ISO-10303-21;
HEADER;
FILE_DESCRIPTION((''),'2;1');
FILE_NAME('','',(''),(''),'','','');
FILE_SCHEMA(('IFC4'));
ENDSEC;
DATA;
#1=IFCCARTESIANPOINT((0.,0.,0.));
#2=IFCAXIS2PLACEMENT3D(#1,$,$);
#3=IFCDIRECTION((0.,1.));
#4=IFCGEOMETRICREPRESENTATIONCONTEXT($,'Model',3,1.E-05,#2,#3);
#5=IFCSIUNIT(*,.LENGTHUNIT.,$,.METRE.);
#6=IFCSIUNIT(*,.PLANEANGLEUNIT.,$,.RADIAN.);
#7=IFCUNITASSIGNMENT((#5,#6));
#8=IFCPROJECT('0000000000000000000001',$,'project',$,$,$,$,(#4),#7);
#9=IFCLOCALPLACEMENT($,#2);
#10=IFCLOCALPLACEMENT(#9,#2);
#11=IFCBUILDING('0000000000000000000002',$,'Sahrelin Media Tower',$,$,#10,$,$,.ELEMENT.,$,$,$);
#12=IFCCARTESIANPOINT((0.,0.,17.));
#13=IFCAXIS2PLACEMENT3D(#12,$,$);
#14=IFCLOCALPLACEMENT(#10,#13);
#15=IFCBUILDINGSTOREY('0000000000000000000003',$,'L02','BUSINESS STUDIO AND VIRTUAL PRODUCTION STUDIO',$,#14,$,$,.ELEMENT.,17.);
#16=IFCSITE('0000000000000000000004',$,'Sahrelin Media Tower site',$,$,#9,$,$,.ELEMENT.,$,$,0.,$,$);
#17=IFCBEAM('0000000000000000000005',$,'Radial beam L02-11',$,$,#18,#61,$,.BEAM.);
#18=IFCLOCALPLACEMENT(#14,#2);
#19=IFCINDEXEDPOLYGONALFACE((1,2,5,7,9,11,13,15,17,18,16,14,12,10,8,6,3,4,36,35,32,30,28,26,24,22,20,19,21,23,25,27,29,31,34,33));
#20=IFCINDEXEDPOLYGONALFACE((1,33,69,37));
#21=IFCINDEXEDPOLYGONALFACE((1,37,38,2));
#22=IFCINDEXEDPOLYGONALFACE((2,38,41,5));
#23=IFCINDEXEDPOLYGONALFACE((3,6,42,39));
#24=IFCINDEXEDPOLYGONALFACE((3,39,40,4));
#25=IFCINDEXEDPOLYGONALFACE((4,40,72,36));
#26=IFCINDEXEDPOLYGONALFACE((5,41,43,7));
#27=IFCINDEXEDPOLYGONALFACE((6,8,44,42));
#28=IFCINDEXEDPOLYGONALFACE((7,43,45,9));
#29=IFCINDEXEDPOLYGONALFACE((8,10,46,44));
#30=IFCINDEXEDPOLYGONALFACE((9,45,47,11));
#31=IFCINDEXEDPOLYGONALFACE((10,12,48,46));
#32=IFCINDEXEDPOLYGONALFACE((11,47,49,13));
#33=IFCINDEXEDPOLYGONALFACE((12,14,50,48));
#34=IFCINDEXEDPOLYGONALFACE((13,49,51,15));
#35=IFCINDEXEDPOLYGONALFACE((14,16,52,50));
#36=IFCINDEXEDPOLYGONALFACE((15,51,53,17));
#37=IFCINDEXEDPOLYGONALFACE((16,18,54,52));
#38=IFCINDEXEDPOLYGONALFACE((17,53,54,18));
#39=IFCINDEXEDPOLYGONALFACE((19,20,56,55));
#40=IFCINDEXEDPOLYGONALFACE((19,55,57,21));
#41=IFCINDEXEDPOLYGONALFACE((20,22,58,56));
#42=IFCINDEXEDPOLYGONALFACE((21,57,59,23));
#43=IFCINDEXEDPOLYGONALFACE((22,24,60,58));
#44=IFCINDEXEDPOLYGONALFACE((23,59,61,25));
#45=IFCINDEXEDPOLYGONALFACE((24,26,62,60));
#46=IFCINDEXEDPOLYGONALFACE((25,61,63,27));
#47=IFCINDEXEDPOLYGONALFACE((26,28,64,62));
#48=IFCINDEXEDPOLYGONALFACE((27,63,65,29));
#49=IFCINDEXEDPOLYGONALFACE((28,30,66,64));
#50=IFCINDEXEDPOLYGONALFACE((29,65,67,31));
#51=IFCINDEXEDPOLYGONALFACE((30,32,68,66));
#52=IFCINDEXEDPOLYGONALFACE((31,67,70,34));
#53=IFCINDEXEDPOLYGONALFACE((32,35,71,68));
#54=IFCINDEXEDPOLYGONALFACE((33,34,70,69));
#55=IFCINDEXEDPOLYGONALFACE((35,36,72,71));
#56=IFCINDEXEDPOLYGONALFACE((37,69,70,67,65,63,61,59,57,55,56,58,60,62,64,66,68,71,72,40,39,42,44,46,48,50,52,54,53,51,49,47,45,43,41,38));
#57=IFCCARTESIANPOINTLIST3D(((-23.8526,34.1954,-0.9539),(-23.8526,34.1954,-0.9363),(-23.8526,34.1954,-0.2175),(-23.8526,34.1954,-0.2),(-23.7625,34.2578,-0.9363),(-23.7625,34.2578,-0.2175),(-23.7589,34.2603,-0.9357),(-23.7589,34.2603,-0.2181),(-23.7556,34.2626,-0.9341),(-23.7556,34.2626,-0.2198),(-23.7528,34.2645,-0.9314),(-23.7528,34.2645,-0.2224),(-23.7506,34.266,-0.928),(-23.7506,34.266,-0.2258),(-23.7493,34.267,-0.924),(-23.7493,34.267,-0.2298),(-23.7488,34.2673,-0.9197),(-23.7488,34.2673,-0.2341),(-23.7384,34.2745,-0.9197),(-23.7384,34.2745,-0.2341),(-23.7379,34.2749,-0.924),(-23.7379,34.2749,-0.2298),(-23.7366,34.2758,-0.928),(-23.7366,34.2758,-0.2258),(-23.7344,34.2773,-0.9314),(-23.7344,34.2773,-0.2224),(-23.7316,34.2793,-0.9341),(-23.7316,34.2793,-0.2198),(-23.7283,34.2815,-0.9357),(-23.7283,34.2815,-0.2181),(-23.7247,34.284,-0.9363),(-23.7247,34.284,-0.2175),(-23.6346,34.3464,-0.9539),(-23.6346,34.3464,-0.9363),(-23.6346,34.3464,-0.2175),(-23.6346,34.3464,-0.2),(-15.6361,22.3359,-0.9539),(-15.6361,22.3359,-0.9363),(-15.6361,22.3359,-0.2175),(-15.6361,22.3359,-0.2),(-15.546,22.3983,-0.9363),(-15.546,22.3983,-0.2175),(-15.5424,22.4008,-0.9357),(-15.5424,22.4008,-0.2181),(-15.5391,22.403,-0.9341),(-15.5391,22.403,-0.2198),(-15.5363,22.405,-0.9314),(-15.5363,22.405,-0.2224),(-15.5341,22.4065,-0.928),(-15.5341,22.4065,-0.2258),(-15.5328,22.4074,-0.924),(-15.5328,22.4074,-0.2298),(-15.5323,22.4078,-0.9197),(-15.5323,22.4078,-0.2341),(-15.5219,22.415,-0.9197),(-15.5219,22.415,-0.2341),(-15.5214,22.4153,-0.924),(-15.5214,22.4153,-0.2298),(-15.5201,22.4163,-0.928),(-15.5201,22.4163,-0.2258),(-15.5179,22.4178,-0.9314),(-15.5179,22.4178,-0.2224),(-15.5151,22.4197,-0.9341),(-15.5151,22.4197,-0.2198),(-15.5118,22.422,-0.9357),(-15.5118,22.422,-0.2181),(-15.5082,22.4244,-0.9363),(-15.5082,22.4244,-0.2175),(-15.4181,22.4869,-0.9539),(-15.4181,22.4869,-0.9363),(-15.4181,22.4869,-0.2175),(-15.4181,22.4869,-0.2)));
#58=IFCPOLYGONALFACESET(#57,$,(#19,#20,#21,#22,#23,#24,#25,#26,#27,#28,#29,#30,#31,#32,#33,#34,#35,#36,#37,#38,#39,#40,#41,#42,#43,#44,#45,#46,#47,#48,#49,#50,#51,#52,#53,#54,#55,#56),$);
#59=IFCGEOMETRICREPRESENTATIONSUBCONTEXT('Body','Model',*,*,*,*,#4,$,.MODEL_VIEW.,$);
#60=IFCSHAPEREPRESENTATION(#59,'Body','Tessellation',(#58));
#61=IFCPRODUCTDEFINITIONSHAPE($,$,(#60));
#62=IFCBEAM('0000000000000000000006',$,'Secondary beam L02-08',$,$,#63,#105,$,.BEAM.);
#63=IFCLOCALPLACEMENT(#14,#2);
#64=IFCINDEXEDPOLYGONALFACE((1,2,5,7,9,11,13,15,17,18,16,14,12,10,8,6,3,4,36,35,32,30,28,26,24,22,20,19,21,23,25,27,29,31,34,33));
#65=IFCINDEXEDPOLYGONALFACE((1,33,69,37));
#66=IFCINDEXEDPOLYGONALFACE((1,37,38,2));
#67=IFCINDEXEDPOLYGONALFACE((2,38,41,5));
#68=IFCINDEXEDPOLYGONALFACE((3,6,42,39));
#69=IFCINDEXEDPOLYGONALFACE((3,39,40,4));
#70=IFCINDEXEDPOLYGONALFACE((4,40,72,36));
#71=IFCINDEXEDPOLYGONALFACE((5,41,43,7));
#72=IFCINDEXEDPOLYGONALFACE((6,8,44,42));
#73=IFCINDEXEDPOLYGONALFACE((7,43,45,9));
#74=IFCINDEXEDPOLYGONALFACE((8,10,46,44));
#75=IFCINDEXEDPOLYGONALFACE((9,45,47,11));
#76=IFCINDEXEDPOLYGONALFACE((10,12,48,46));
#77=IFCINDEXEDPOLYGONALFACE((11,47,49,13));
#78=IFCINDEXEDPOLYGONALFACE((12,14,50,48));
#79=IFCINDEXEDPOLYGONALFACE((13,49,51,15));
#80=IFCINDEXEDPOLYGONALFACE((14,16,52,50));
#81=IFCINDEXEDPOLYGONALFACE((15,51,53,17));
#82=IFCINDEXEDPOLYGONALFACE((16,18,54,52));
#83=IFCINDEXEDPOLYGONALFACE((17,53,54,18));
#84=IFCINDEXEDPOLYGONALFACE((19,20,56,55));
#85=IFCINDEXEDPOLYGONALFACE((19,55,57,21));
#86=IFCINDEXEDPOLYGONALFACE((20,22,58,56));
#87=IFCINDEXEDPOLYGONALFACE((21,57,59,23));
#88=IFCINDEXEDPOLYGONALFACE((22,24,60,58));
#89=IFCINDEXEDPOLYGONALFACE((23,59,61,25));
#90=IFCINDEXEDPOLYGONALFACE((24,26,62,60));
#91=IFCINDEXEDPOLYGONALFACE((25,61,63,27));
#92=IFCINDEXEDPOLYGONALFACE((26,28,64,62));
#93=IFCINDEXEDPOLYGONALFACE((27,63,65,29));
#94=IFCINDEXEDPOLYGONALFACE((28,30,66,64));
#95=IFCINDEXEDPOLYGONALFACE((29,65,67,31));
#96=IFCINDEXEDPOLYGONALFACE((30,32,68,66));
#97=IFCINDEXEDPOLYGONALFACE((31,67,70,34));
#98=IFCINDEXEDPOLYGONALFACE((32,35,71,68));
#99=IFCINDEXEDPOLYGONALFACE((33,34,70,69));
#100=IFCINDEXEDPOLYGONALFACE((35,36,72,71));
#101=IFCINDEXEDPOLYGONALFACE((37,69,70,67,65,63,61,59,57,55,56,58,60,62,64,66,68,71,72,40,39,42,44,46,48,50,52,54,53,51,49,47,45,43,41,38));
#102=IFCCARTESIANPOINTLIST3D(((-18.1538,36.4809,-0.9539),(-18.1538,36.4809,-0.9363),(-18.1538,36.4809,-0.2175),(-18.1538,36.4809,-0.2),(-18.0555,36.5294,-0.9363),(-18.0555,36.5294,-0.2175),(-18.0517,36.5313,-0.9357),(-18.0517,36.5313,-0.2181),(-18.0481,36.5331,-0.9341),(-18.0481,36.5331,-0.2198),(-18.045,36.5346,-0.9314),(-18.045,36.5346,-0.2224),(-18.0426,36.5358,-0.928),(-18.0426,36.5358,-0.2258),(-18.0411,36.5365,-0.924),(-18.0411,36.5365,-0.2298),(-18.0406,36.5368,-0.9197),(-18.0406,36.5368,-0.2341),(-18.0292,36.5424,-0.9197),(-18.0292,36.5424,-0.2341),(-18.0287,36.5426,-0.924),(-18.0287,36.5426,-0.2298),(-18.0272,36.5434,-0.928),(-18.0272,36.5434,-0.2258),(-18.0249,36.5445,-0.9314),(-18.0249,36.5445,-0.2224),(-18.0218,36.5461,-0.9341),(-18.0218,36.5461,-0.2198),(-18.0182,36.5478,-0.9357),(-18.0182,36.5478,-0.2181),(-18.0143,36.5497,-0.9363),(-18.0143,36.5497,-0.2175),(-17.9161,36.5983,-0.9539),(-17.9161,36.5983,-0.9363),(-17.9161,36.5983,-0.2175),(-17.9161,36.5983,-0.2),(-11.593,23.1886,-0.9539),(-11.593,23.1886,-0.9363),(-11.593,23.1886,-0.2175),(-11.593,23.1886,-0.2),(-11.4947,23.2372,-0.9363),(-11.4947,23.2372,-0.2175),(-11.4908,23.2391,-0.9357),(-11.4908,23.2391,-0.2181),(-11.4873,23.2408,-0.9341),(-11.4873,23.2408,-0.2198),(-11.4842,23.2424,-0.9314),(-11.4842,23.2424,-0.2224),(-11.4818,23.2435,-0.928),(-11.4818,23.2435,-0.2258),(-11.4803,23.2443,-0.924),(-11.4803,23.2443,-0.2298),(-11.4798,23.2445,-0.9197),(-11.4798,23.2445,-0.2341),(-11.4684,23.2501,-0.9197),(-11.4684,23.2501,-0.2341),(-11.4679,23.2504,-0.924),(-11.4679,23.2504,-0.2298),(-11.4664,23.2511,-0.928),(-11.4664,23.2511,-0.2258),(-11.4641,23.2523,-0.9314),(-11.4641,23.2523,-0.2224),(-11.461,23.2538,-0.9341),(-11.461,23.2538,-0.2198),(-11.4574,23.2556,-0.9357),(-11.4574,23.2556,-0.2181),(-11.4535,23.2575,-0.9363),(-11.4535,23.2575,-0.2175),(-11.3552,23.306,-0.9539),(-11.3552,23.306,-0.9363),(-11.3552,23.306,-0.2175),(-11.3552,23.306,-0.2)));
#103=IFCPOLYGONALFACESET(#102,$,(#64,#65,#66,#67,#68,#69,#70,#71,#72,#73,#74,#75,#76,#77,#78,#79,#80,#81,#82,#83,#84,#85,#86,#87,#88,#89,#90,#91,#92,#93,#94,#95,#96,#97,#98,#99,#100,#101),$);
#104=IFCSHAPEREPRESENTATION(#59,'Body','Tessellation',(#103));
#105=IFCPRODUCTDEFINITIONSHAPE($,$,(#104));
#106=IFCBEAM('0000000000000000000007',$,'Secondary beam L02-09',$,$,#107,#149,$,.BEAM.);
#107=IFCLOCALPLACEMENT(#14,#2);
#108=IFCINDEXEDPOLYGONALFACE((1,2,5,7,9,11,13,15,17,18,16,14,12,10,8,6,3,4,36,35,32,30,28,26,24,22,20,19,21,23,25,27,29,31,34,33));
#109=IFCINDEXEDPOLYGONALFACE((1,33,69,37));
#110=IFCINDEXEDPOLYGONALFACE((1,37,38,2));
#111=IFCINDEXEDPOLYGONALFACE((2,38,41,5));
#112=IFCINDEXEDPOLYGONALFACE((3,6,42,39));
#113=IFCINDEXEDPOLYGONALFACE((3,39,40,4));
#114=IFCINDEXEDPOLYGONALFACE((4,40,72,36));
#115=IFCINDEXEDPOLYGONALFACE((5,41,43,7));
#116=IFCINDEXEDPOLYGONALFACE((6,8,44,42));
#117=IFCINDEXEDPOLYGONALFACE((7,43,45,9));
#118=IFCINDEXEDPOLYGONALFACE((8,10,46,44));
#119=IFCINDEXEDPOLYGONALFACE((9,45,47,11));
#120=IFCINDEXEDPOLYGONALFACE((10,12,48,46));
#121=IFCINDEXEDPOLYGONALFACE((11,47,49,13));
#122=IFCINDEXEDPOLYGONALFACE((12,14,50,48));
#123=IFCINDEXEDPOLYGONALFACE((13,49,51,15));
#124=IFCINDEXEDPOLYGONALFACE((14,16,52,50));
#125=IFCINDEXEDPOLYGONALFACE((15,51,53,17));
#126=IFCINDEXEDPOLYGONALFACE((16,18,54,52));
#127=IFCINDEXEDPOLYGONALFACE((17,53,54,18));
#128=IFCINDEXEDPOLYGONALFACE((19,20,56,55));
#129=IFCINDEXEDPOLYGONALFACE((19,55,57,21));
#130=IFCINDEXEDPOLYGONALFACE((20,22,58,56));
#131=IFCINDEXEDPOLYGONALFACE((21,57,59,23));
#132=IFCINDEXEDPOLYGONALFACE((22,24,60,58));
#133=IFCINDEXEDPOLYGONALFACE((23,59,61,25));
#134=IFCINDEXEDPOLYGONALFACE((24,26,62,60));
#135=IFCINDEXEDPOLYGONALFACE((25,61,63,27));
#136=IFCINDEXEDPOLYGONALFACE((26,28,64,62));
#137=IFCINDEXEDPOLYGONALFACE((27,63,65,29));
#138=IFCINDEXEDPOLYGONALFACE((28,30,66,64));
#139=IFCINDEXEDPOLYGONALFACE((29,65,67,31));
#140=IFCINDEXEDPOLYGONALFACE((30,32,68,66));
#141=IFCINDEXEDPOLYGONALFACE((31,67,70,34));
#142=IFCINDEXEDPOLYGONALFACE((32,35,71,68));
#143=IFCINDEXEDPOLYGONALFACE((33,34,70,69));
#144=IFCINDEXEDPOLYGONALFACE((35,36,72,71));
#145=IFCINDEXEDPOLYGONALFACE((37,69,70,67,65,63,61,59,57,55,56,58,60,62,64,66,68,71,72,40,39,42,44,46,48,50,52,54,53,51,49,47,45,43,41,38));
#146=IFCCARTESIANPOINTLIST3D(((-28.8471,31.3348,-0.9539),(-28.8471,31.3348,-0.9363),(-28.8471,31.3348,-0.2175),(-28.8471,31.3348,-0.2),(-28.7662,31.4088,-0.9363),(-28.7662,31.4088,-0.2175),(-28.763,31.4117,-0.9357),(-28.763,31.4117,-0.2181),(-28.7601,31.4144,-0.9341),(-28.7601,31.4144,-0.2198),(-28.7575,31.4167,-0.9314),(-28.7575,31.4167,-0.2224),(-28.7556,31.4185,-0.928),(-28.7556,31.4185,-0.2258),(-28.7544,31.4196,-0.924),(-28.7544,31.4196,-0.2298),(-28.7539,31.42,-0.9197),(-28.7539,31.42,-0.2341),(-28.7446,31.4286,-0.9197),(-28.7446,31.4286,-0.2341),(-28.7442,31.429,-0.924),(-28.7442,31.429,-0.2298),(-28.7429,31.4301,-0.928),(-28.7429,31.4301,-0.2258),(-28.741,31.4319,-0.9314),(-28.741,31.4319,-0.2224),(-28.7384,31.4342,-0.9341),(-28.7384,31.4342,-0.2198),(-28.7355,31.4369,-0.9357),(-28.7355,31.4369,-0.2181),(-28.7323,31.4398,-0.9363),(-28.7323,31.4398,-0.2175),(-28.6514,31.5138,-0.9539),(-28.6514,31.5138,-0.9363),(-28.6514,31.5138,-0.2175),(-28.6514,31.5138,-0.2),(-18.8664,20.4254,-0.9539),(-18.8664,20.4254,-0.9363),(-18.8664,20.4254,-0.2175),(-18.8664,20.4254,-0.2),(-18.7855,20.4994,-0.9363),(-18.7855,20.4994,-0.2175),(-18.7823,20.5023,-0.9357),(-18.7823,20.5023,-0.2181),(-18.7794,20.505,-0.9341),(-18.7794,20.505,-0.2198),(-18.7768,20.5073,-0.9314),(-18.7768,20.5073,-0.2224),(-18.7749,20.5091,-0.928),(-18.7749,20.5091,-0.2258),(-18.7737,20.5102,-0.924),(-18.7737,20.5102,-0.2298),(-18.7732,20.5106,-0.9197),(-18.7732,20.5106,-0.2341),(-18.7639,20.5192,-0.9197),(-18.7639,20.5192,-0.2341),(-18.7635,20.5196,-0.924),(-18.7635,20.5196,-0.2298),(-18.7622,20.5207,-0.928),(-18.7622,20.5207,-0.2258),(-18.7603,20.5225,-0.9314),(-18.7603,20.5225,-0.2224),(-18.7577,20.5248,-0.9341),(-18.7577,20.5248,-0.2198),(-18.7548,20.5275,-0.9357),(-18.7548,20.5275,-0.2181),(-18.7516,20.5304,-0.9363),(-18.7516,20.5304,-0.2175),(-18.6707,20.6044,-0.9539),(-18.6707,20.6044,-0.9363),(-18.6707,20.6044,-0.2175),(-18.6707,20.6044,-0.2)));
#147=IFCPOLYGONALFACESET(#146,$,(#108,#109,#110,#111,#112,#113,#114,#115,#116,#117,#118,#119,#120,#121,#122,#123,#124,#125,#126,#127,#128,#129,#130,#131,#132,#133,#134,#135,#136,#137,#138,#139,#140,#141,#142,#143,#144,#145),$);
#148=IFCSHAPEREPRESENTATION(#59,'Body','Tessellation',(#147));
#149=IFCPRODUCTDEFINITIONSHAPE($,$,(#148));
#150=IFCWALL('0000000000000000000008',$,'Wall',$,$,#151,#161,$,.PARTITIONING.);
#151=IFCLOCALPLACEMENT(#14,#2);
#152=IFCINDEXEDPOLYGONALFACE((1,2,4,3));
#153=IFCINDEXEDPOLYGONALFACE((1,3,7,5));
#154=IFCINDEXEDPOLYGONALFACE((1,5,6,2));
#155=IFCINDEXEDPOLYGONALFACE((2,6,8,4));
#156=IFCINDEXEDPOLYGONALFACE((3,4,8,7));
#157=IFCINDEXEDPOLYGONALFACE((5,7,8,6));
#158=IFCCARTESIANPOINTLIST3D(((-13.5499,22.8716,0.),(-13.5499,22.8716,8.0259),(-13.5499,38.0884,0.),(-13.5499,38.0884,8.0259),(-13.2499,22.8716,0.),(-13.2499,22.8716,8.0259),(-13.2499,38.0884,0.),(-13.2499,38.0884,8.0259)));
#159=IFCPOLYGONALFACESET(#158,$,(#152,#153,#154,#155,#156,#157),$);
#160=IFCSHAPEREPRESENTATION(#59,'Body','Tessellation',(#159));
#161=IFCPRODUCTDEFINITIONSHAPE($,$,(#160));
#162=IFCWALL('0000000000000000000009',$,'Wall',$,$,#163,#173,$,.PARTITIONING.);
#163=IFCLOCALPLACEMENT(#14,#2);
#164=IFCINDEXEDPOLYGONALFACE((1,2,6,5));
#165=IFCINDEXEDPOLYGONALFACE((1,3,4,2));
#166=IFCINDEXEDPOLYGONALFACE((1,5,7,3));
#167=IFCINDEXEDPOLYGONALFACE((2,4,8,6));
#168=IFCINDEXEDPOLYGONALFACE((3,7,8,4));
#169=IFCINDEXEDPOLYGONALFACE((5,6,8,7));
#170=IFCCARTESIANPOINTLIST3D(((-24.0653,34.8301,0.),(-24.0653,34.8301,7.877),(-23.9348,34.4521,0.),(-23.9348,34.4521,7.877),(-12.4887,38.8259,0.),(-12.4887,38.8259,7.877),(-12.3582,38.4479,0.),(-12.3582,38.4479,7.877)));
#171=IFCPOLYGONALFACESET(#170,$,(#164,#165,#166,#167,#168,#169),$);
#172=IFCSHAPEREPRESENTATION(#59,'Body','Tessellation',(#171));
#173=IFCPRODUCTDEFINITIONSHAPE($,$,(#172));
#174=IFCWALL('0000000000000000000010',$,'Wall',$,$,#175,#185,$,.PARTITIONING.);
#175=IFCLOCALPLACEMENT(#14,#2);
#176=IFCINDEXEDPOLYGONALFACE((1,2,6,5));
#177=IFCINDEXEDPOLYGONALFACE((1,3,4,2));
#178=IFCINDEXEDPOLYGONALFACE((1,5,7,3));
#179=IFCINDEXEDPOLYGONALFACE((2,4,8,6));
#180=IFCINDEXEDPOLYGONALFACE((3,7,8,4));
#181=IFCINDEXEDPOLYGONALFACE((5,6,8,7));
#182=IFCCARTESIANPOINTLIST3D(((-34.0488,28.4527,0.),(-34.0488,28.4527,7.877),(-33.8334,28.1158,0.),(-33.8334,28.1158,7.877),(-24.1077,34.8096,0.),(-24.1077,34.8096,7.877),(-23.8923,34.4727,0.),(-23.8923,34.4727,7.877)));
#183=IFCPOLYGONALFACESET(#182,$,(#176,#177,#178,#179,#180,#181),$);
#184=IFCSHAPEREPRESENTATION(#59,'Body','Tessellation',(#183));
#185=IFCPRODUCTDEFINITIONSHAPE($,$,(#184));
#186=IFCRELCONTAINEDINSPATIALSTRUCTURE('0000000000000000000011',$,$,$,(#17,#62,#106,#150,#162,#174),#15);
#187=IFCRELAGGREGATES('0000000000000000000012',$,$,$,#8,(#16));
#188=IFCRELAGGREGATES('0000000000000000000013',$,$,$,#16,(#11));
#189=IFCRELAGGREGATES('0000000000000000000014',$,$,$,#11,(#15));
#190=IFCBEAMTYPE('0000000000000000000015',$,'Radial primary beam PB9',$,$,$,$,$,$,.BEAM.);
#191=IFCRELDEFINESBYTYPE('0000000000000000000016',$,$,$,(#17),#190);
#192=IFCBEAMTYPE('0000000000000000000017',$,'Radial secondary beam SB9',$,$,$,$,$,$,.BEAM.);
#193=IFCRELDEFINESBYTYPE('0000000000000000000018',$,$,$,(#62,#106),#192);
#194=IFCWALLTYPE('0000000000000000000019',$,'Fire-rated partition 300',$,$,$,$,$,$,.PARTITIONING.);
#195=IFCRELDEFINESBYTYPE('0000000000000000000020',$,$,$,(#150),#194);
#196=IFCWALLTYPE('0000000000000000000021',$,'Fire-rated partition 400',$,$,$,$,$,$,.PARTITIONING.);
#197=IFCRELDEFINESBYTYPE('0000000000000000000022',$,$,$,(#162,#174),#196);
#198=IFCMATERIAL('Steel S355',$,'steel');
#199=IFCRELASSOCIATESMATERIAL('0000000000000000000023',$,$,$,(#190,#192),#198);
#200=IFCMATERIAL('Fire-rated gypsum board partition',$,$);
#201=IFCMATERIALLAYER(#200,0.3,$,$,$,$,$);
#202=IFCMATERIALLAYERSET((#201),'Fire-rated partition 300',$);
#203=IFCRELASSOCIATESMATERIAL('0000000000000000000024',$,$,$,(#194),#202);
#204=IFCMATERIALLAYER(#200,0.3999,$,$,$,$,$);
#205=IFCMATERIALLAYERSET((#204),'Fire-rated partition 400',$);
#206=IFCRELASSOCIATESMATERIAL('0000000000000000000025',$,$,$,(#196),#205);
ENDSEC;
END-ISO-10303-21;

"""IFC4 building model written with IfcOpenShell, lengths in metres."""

from ifc_helpers import new_model, si_unit, direction, frame, frame_2d, origin, origin_2d, place, context, subcontext, project, spatial, rectangle, i_section, extrude, material, layer, layer_set, material_profile, profile_set, type_object, element, save


model = new_model("IFC4")

# Units and contexts
model_context = context("Model", 3, precision=1e-05, world=origin(), true_north=direction((0.0, 1.0)))
body_context = subcontext(model_context, "Body", "Model", "MODEL_VIEW")
ifc_project = project(units=[si_unit("LENGTHUNIT", "METRE"), si_unit("PLANEANGLEUNIT", "RADIAN")], contexts=[model_context])

# Site, building, storey
site_placement = place(None, origin())
site = spatial("IfcSite", under=ifc_project, at=site_placement, Name="Sahrelin Media Tower site", CompositionType="ELEMENT", RefElevation=0.0)
building_placement = place(site_placement, origin())
building = spatial("IfcBuilding", under=site, at=building_placement, Name="Sahrelin Media Tower", CompositionType="ELEMENT")
storey_placement = place(building_placement, frame((0.0, 0.0, 17.0)))
storey = spatial("IfcBuildingStorey", under=building, at=storey_placement, Name="L02", Description="BUSINESS STUDIO AND VIRTUAL PRODUCTION STUDIO", CompositionType="ELEMENT", Elevation=17.0)

# Beams
ifc_material_1 = material(Name="Steel S355", Category="steel")
ifc_material_profile_1 = material_profile(ifc_material_1, i_section(OverallWidth=0.2651, OverallDepth=0.7539, WebThickness=0.0127, FlangeThickness=0.0176, FilletRadius=0.0166, at=origin_2d()), Name="UB 762x267x147")
ifc_profile_set_1 = profile_set([ifc_material_profile_1], Name="Steel S355")
beam_type_1 = type_object("IfcBeamType", Name="Radial primary beam PB9", PredefinedType="BEAM", material=ifc_profile_set_1)
beam_1_placement = place(storey_placement, frame((-15.5271, 22.4114, -0.5769), z_axis=(-0.569493, 0.821996, 0.0), x_axis=(-0.821996, -0.569493, 0.0)))
element("IfcBeam", 1, at=beam_1_placement, inside=storey, type_object=beam_type_1, Name="Radial beam L02-11", PredefinedType="BEAM", context=body_context, shape_type="SweptSolid", body=[
    extrude(i_section(OverallWidth=0.2651, OverallDepth=0.7539, WebThickness=0.0127, FlangeThickness=0.0176, FilletRadius=0.0166, at=origin_2d()), origin(), (0.0, 0.0, 1.0), 14.4277),
])
ifc_material_profile_2 = material_profile(ifc_material_1, i_section(OverallWidth=0.2651, OverallDepth=0.7539, WebThickness=0.0127, FlangeThickness=0.0176, FilletRadius=0.0166, at=origin_2d()), Name="UB 762x267x147")
ifc_profile_set_2 = profile_set([ifc_material_profile_2], Name="Steel S355")
beam_type_2 = type_object("IfcBeamType", Name="Radial secondary beam SB9", PredefinedType="BEAM", material=ifc_profile_set_2)
beam_2_placement = place(storey_placement, frame((-11.4741, 23.2473, -0.5769), z_axis=(-0.442603, 0.896718, 0.0), x_axis=(-0.896718, -0.442603, 0.0)))
element("IfcBeam", 2, at=beam_2_placement, inside=storey, type_object=beam_type_2, Name="Secondary beam L02-08", PredefinedType="BEAM", context=body_context, shape_type="SweptSolid", body=[
    extrude(i_section(OverallWidth=0.2651, OverallDepth=0.7539, WebThickness=0.0127, FlangeThickness=0.0176, FilletRadius=0.0166, at=origin_2d()), origin(), (0.0, 0.0, 1.0), 14.8232),
])
beam_3_placement = place(storey_placement, frame((-18.7686, 20.5149, -0.5769), z_axis=(-0.675004, 0.737814, 0.0), x_axis=(-0.737814, -0.675004, 0.0)))
element("IfcBeam", 3, at=beam_3_placement, inside=storey, type_object=beam_type_2, Name="Secondary beam L02-09", PredefinedType="BEAM", context=body_context, shape_type="SweptSolid", body=[
    extrude(i_section(OverallWidth=0.2651, OverallDepth=0.7539, WebThickness=0.0127, FlangeThickness=0.0176, FilletRadius=0.0166, at=origin_2d()), origin(), (0.0, 0.0, 1.0), 14.7861),
])

# Shared definitions
ifc_material_2 = material(Name="Fire-rated gypsum board partition")

# Walls
ifc_layer_1 = layer(ifc_material_2, 0.3)
ifc_layer_set_1 = layer_set([ifc_layer_1], Name="Fire-rated partition 300")
wall_type_1 = type_object("IfcWallType", Name="Fire-rated partition 300", PredefinedType="PARTITIONING", material=ifc_layer_set_1)
wall_1_placement = place(storey_placement, frame((-13.3999, 22.8716, 0.0), z_axis=(0.0, 0.0, 1.0), x_axis=(0.0, 1.0, 0.0)))
element("IfcWall", 4, at=wall_1_placement, inside=storey, type_object=wall_type_1, Name="Wall", PredefinedType="PARTITIONING", context=body_context, shape_type="SweptSolid", body=[
    extrude(rectangle(XDim=15.2168, YDim=0.3, at=frame_2d((7.6084, 0.0))), origin(), (0.0, 0.0, 1.0), 8.0259),
])
ifc_layer_2 = layer(ifc_material_2, 0.3999)
ifc_layer_set_2 = layer_set([ifc_layer_2], Name="Fire-rated partition 400")
wall_type_2 = type_object("IfcWallType", Name="Fire-rated partition 400", PredefinedType="PARTITIONING", material=ifc_layer_set_2)
wall_2_placement = place(storey_placement, frame((-12.4233, 38.637, 0.0), z_axis=(0.0, 0.0, 1.0), x_axis=(-0.945275, -0.326275, 0.0)))
element("IfcWall", 5, at=wall_2_placement, inside=storey, type_object=wall_type_2, Name="Wall", PredefinedType="PARTITIONING", context=body_context, shape_type="SweptSolid", body=[
    extrude(rectangle(XDim=12.2468, YDim=0.3999, at=frame_2d((6.1235, 0.0))), origin(), (0.0, 0.0, 1.0), 7.877),
])
wall_3_placement = place(storey_placement, frame((-24.0, 34.6411, 0.0), z_axis=(0.0, 0.0, 1.0), x_axis=(-0.84248, -0.538728, 0.0)))
element("IfcWall", 6, at=wall_3_placement, inside=storey, type_object=wall_type_2, Name="Wall", PredefinedType="PARTITIONING", context=body_context, shape_type="SweptSolid", body=[
    extrude(rectangle(XDim=11.7998, YDim=0.3999, at=frame_2d((5.8999, 0.0))), origin(), (0.0, 0.0, 1.0), 7.877),
])

save(model, "model.ifc")
